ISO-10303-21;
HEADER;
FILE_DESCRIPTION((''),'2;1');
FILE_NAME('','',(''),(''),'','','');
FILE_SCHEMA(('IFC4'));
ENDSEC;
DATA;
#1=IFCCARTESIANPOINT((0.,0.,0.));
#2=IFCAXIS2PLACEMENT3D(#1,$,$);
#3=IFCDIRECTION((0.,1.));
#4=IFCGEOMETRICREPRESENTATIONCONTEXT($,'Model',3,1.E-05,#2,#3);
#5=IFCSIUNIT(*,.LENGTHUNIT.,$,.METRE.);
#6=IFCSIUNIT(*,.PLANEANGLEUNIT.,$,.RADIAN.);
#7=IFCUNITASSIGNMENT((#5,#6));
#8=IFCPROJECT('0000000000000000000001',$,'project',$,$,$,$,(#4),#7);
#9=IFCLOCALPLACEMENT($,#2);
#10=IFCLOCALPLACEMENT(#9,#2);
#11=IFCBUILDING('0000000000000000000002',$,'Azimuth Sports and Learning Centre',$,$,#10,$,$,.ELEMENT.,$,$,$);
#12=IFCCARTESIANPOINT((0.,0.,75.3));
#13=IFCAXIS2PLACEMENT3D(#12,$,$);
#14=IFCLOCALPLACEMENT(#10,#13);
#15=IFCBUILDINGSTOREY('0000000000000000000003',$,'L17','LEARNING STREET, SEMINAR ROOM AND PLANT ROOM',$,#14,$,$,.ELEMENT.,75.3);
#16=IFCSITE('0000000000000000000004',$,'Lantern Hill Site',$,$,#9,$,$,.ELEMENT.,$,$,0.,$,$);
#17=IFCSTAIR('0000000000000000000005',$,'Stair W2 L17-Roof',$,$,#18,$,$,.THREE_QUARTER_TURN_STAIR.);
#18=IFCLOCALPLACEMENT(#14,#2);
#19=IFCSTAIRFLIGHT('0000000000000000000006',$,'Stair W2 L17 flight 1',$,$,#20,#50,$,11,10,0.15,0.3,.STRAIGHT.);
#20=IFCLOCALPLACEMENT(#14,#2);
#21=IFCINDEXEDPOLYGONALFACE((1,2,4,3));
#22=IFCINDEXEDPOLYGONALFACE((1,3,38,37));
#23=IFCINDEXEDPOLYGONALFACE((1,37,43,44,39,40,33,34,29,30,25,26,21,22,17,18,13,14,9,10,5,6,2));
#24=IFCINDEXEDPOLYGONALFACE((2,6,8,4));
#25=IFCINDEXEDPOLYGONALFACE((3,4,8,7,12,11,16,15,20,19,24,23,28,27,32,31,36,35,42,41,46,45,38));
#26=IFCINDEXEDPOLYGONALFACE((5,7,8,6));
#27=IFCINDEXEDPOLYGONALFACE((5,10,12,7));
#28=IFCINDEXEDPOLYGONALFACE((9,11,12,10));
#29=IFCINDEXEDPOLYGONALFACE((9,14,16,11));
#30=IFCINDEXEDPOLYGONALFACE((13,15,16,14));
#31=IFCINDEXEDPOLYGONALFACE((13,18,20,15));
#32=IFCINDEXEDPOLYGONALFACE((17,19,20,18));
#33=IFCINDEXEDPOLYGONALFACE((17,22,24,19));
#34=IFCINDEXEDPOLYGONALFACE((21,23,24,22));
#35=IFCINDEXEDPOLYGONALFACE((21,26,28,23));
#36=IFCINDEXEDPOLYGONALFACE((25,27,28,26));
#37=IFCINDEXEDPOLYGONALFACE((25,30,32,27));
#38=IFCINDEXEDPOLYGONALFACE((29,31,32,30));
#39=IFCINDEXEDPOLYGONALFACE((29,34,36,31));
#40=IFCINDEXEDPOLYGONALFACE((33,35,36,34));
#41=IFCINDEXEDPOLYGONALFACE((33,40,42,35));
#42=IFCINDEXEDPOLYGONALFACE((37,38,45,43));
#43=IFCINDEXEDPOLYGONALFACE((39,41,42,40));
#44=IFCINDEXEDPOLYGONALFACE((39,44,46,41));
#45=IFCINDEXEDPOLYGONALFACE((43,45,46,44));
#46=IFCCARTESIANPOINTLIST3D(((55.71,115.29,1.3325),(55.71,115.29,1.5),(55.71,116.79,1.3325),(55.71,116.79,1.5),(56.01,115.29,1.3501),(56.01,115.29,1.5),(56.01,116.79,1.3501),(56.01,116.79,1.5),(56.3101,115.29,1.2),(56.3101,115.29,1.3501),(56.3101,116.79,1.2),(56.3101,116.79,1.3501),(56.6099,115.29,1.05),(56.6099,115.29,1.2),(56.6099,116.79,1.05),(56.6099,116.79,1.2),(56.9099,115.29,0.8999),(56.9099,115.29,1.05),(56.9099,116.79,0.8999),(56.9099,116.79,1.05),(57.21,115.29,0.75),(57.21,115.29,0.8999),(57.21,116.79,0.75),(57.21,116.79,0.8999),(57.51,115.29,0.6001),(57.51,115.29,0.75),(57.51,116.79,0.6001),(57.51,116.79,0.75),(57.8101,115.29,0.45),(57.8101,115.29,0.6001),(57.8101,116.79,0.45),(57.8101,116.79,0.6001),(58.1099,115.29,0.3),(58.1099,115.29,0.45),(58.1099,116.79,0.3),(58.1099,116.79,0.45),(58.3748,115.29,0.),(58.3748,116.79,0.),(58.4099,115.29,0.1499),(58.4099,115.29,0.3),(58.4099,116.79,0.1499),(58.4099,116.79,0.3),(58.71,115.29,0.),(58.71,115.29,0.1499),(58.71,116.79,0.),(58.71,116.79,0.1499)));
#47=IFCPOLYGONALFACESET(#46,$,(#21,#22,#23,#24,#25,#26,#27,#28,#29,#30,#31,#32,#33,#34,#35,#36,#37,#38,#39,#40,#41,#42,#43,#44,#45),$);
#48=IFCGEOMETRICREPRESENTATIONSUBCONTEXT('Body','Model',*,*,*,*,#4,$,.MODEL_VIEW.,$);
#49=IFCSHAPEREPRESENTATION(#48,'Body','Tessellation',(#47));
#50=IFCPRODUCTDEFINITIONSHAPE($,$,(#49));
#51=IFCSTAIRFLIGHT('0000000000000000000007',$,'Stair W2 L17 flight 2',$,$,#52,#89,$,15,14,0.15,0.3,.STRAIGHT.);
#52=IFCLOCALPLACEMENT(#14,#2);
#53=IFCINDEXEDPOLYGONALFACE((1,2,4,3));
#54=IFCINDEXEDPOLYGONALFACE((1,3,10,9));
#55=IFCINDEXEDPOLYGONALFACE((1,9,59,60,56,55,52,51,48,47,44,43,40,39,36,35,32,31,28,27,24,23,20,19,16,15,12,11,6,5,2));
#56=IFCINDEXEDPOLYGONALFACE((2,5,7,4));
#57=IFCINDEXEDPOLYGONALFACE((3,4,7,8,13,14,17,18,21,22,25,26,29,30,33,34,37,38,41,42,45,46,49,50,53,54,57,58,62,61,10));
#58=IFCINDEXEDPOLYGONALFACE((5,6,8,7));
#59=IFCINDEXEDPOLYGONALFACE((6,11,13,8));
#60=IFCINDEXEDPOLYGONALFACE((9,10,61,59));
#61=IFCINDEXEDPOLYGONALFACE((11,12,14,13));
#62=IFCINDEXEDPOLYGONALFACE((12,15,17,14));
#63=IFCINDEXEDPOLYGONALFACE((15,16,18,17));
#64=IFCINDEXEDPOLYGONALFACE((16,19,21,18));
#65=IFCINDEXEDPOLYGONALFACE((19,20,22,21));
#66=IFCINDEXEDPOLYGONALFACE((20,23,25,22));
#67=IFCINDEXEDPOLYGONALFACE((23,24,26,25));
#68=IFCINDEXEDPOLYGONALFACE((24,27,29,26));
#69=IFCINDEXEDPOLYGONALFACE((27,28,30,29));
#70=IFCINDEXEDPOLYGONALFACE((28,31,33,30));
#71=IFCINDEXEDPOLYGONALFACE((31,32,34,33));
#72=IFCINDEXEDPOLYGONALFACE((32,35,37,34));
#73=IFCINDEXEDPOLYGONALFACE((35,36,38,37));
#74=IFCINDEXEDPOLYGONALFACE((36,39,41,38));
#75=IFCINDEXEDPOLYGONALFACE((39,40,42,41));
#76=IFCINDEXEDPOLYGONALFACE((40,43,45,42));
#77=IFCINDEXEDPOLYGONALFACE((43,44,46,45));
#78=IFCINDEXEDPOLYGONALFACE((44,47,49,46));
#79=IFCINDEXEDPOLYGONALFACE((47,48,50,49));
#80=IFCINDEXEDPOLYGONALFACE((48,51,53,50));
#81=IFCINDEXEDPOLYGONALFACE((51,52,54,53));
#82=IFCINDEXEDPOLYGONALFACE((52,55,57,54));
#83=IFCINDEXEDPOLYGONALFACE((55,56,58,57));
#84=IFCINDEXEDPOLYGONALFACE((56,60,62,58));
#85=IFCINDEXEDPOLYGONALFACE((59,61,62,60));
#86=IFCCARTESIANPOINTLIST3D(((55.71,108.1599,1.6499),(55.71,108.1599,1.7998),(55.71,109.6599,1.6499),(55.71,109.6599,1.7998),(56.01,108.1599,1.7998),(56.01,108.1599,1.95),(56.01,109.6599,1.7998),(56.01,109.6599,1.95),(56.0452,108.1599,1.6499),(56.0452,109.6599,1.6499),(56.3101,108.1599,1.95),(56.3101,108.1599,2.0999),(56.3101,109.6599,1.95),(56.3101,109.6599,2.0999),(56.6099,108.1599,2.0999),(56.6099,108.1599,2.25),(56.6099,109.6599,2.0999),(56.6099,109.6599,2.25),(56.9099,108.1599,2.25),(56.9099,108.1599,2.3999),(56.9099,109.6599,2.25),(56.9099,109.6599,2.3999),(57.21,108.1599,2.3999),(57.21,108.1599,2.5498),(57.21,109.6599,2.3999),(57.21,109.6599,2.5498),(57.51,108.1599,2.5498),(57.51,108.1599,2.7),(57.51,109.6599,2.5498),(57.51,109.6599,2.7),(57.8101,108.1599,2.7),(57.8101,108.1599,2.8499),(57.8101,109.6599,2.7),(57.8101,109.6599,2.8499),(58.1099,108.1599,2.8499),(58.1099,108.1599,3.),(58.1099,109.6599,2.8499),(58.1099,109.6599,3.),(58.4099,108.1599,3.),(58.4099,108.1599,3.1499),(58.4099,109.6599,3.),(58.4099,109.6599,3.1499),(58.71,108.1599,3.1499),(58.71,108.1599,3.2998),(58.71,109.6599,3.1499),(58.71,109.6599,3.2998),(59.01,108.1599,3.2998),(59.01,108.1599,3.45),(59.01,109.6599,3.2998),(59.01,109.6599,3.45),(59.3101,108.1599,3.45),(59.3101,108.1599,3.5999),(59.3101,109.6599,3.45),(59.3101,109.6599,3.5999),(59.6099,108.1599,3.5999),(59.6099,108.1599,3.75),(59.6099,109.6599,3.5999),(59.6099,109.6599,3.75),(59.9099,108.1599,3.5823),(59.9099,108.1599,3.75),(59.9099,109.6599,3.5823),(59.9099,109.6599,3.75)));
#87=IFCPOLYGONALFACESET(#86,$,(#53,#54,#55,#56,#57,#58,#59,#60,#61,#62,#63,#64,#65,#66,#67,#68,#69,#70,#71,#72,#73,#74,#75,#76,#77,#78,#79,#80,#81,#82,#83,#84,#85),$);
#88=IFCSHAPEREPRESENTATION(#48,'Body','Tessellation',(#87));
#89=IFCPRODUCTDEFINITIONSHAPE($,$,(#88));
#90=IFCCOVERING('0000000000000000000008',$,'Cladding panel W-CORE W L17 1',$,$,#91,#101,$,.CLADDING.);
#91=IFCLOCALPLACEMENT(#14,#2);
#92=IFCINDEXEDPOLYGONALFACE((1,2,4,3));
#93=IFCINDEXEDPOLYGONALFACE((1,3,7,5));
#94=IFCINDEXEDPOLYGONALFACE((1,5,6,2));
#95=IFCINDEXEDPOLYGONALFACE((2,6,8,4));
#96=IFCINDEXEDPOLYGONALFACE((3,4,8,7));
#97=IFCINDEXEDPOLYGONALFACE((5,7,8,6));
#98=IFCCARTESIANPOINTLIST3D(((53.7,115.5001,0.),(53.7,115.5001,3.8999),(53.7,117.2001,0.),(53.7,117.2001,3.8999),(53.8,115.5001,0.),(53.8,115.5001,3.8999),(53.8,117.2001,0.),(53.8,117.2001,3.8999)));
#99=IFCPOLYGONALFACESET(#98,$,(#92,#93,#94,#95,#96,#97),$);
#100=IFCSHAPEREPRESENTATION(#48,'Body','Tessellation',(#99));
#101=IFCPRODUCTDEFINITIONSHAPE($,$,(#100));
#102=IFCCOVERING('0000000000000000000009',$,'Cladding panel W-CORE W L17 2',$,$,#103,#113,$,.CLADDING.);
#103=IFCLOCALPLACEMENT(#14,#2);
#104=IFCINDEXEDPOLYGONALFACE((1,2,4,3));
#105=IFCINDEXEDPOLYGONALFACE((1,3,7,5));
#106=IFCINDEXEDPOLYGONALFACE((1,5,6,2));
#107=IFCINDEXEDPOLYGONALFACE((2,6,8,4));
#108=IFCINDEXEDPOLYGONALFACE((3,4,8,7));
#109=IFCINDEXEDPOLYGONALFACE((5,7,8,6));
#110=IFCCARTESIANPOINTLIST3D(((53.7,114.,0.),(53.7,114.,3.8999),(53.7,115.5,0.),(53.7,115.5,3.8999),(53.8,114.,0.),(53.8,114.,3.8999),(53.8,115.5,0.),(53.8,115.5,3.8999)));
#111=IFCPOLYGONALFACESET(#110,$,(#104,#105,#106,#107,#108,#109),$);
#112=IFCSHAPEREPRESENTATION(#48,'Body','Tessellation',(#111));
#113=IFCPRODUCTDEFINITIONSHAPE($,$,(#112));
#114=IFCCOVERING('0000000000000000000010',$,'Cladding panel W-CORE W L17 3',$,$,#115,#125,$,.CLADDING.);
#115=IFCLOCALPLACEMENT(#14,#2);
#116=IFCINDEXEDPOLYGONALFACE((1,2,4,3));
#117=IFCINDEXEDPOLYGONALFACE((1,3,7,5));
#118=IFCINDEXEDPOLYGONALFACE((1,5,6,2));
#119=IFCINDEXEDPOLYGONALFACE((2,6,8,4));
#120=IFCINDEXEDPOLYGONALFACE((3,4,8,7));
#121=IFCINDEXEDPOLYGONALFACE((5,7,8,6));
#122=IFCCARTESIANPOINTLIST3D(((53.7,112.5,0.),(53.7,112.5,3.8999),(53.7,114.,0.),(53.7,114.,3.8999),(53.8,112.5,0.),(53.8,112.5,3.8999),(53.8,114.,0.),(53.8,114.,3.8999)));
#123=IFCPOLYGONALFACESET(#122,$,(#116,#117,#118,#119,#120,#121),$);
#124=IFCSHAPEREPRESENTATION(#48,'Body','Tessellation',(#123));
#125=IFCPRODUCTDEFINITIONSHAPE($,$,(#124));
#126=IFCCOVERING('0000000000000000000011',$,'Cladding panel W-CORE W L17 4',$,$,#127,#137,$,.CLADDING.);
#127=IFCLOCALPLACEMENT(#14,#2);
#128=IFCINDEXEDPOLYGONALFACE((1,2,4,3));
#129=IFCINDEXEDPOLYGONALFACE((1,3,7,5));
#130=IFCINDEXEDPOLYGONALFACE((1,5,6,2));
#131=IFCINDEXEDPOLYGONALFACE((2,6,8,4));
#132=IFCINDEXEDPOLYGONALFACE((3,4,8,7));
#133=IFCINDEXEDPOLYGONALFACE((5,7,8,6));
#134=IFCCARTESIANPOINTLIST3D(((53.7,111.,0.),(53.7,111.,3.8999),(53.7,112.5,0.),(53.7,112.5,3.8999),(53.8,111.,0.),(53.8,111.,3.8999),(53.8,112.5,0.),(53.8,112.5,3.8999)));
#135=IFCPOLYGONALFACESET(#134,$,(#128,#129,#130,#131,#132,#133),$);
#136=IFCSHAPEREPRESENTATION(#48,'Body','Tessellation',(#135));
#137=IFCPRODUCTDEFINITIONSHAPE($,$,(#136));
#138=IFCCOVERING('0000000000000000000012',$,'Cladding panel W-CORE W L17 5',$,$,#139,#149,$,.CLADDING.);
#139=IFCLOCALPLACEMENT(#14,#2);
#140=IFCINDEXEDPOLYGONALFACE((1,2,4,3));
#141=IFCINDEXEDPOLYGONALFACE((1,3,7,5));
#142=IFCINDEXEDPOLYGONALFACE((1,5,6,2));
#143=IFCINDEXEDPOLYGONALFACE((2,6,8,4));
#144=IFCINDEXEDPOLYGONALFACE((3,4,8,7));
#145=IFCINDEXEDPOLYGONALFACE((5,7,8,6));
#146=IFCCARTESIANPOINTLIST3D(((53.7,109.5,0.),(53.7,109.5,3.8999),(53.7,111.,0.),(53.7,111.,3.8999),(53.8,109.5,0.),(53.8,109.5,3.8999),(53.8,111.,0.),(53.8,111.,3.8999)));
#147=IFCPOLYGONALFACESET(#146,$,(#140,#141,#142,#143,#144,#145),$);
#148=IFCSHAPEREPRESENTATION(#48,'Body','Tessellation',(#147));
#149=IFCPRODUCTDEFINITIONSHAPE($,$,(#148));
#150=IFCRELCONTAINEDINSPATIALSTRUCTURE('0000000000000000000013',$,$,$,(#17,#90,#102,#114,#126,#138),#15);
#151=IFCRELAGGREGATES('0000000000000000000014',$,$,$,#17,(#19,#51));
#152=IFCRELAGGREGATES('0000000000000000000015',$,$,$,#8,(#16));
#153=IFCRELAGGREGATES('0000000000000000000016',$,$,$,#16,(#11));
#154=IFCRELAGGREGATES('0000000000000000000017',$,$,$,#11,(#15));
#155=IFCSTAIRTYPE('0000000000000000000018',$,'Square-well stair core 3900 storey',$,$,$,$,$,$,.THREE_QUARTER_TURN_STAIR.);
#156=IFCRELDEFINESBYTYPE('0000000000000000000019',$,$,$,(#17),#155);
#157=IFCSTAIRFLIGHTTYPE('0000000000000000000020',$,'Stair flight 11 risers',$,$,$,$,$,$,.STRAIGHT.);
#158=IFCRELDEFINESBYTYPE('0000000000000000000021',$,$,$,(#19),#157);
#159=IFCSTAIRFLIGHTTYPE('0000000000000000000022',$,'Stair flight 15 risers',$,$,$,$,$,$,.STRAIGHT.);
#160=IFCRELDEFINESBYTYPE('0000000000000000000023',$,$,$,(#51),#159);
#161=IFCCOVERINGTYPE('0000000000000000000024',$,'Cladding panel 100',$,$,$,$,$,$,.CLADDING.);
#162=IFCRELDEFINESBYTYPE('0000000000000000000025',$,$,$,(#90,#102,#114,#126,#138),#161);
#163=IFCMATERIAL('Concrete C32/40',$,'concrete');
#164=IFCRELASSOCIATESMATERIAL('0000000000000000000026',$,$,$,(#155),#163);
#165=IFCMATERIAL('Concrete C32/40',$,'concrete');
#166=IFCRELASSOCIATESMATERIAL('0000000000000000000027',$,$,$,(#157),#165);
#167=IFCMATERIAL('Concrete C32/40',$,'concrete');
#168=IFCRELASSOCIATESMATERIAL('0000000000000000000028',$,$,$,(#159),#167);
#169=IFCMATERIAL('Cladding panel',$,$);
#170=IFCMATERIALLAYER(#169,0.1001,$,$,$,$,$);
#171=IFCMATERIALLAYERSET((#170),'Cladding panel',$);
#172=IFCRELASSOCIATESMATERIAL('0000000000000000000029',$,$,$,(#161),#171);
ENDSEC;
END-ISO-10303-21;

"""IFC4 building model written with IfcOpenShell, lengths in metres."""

from ifc_helpers import new_model, si_unit, direction, frame, origin, origin_2d, place, context, subcontext, project, spatial, polyline, rectangle, outline, extrude, material, layer, layer_set, type_object, element, aggregate, save


model = new_model("IFC4")

# Units and contexts
model_context = context("Model", 3, precision=1e-05, world=origin(), true_north=direction((0.0, 1.0)))
body_context = subcontext(model_context, "Body", "Model", "MODEL_VIEW")
ifc_project = project(units=[si_unit("LENGTHUNIT", "METRE"), si_unit("PLANEANGLEUNIT", "RADIAN")], contexts=[model_context])

# Site, building, storey
site_placement = place(None, origin())
site = spatial("IfcSite", under=ifc_project, at=site_placement, Name="Lantern Hill Site", CompositionType="ELEMENT", RefElevation=0.0)
building_placement = place(site_placement, origin())
building = spatial("IfcBuilding", under=site, at=building_placement, Name="Azimuth Sports and Learning Centre", CompositionType="ELEMENT")
storey_placement = place(building_placement, frame((0.0, 0.0, 75.3)))
storey = spatial("IfcBuildingStorey", under=building, at=storey_placement, Name="L17", Description="LEARNING STREET, SEMINAR ROOM AND PLANT ROOM", CompositionType="ELEMENT", Elevation=75.3)

# Stair, stair flights
ifc_material_1 = material(Name="Concrete C32/40", Category="concrete")
stair_type = type_object("IfcStairType", Name="Square-well stair core 3900 storey", PredefinedType="THREE_QUARTER_TURN_STAIR", material=ifc_material_1)
stair_placement = place(storey_placement, origin())
stair = element("IfcStair", 1, at=stair_placement, inside=storey, type_object=stair_type, Name="Stair W2 L17-Roof", PredefinedType="THREE_QUARTER_TURN_STAIR")
ifc_material_2 = material(Name="Concrete C32/40", Category="concrete")
stair_flight_type_1 = type_object("IfcStairFlightType", Name="Stair flight 11 risers", PredefinedType="STRAIGHT", material=ifc_material_2)
stair_flight_1_placement = place(storey_placement, frame((58.71, 116.04, 0.0), z_axis=(0.0, 0.0, 1.0), x_axis=(-1.0, 0.0, 0.0)))
stair_flight_1 = element("IfcStairFlight", 2, at=stair_flight_1_placement, type_object=stair_flight_type_1, Name="Stair W2 L17 flight 1", NumberOfRisers=11, NumberOfTreads=10, PredefinedType="STRAIGHT", RiserHeight=0.15, TreadLength=0.3, context=body_context, shape_type="SweptSolid", body=[
    extrude(outline(polyline([(0.0, 0.0), (0.0, 0.1499), (0.3, 0.1499), (0.3, 0.3), (0.6001, 0.3), (0.6001, 0.45), (0.8999, 0.45), (0.8999, 0.6001), (1.2, 0.6001), (1.2, 0.75), (1.5, 0.75), (1.5, 0.8999), (1.8, 0.8999), (1.8, 1.05), (2.1001, 1.05), (2.1001, 1.2), (2.3999, 1.2), (2.3999, 1.3501), (2.7, 1.3501), (2.7, 1.5), (3.0, 1.5), (3.0, 1.6499), (3.0, 1.3325), (0.3352, 0.0), (0.0, 0.0)])), frame((0.0, 0.75, 0.0), z_axis=(0.0, -1.0, 0.0), x_axis=(1.0, 0.0, 0.0)), (0.0, 0.0, 1.0), 1.5),
])
ifc_material_3 = material(Name="Concrete C32/40", Category="concrete")
stair_flight_type_2 = type_object("IfcStairFlightType", Name="Stair flight 15 risers", PredefinedType="STRAIGHT", material=ifc_material_3)
stair_flight_2_placement = place(storey_placement, frame((55.71, 108.9099, 1.6499), z_axis=(0.0, 0.0, 1.0), x_axis=(1.0, 0.0, 0.0)))
stair_flight_2 = element("IfcStairFlight", 3, at=stair_flight_2_placement, type_object=stair_flight_type_2, Name="Stair W2 L17 flight 2", NumberOfRisers=15, NumberOfTreads=14, PredefinedType="STRAIGHT", RiserHeight=0.15, TreadLength=0.3, context=body_context, shape_type="SweptSolid", body=[
    extrude(outline(polyline([(0.0, 0.0), (0.0, 0.1499), (0.3, 0.1499), (0.3, 0.3), (0.6001, 0.3), (0.6001, 0.45), (0.8999, 0.45), (0.8999, 0.6001), (1.2, 0.6001), (1.2, 0.75), (1.5, 0.75), (1.5, 0.8999), (1.8, 0.8999), (1.8, 1.05), (2.1001, 1.05), (2.1001, 1.2), (2.3999, 1.2), (2.3999, 1.3501), (2.7, 1.3501), (2.7, 1.5), (3.0, 1.5), (3.0, 1.6499), (3.3, 1.6499), (3.3, 1.8), (3.6001, 1.8), (3.6001, 1.95), (3.8999, 1.95), (3.8999, 2.1001), (4.2, 2.1001), (4.2, 2.25), (4.2, 1.9324), (0.3352, 0.0), (0.0, 0.0)])), frame((0.0, 0.75, 0.0), z_axis=(0.0, -1.0, 0.0), x_axis=(1.0, 0.0, 0.0)), (0.0, 0.0, 1.0), 1.5),
])
aggregate(stair, [stair_flight_1, stair_flight_2])

# Coverings
ifc_material_4 = material(Name="Cladding panel")
ifc_layer_1 = layer(ifc_material_4, 0.1001)
ifc_layer_set_1 = layer_set([ifc_layer_1], Name="Cladding panel")
covering_type = type_object("IfcCoveringType", Name="Cladding panel 100", PredefinedType="CLADDING", material=ifc_layer_set_1)
covering_placement = place(storey_placement, frame((53.75, 116.3501, 0.0), z_axis=(0.0, 0.0, 1.0), x_axis=(0.0, -1.0, 0.0)))
element("IfcCovering", 4, at=covering_placement, inside=storey, type_object=covering_type, Name="Cladding panel W-CORE W L17 1", PredefinedType="CLADDING", context=body_context, shape_type="SweptSolid", body=[
    extrude(rectangle(XDim=1.7, YDim=0.1001, at=origin_2d()), origin(), (0.0, 0.0, 1.0), 3.8999),
])
for number, where, z_axis, x_axis, name in (
    (5, (53.75, 114.75, 0.0), (0.0, 0.0, 1.0), (0.0, -1.0, 0.0), "Cladding panel W-CORE W L17 2"),
    (6, (53.75, 113.25, 0.0), (0.0, 0.0, 1.0), (0.0, -1.0, 0.0), "Cladding panel W-CORE W L17 3"),
    (7, (53.75, 111.75, 0.0), (0.0, 0.0, 1.0), (0.0, -1.0, 0.0), "Cladding panel W-CORE W L17 4"),
    (8, (53.75, 110.25, 0.0), (0.0, 0.0, 1.0), (0.0, -1.0, 0.0), "Cladding panel W-CORE W L17 5"),
):
    element("IfcCovering", number, at=place(storey_placement, frame(where, z_axis=z_axis, x_axis=x_axis)), inside=storey, type_object=covering_type, Name=name, PredefinedType="CLADDING", context=body_context, shape_type="SweptSolid", body=[
        extrude(rectangle(XDim=1.5, YDim=0.1001, at=origin_2d()), origin(), (0.0, 0.0, 1.0), 3.8999),
    ])

save(model, "model.ifc")
